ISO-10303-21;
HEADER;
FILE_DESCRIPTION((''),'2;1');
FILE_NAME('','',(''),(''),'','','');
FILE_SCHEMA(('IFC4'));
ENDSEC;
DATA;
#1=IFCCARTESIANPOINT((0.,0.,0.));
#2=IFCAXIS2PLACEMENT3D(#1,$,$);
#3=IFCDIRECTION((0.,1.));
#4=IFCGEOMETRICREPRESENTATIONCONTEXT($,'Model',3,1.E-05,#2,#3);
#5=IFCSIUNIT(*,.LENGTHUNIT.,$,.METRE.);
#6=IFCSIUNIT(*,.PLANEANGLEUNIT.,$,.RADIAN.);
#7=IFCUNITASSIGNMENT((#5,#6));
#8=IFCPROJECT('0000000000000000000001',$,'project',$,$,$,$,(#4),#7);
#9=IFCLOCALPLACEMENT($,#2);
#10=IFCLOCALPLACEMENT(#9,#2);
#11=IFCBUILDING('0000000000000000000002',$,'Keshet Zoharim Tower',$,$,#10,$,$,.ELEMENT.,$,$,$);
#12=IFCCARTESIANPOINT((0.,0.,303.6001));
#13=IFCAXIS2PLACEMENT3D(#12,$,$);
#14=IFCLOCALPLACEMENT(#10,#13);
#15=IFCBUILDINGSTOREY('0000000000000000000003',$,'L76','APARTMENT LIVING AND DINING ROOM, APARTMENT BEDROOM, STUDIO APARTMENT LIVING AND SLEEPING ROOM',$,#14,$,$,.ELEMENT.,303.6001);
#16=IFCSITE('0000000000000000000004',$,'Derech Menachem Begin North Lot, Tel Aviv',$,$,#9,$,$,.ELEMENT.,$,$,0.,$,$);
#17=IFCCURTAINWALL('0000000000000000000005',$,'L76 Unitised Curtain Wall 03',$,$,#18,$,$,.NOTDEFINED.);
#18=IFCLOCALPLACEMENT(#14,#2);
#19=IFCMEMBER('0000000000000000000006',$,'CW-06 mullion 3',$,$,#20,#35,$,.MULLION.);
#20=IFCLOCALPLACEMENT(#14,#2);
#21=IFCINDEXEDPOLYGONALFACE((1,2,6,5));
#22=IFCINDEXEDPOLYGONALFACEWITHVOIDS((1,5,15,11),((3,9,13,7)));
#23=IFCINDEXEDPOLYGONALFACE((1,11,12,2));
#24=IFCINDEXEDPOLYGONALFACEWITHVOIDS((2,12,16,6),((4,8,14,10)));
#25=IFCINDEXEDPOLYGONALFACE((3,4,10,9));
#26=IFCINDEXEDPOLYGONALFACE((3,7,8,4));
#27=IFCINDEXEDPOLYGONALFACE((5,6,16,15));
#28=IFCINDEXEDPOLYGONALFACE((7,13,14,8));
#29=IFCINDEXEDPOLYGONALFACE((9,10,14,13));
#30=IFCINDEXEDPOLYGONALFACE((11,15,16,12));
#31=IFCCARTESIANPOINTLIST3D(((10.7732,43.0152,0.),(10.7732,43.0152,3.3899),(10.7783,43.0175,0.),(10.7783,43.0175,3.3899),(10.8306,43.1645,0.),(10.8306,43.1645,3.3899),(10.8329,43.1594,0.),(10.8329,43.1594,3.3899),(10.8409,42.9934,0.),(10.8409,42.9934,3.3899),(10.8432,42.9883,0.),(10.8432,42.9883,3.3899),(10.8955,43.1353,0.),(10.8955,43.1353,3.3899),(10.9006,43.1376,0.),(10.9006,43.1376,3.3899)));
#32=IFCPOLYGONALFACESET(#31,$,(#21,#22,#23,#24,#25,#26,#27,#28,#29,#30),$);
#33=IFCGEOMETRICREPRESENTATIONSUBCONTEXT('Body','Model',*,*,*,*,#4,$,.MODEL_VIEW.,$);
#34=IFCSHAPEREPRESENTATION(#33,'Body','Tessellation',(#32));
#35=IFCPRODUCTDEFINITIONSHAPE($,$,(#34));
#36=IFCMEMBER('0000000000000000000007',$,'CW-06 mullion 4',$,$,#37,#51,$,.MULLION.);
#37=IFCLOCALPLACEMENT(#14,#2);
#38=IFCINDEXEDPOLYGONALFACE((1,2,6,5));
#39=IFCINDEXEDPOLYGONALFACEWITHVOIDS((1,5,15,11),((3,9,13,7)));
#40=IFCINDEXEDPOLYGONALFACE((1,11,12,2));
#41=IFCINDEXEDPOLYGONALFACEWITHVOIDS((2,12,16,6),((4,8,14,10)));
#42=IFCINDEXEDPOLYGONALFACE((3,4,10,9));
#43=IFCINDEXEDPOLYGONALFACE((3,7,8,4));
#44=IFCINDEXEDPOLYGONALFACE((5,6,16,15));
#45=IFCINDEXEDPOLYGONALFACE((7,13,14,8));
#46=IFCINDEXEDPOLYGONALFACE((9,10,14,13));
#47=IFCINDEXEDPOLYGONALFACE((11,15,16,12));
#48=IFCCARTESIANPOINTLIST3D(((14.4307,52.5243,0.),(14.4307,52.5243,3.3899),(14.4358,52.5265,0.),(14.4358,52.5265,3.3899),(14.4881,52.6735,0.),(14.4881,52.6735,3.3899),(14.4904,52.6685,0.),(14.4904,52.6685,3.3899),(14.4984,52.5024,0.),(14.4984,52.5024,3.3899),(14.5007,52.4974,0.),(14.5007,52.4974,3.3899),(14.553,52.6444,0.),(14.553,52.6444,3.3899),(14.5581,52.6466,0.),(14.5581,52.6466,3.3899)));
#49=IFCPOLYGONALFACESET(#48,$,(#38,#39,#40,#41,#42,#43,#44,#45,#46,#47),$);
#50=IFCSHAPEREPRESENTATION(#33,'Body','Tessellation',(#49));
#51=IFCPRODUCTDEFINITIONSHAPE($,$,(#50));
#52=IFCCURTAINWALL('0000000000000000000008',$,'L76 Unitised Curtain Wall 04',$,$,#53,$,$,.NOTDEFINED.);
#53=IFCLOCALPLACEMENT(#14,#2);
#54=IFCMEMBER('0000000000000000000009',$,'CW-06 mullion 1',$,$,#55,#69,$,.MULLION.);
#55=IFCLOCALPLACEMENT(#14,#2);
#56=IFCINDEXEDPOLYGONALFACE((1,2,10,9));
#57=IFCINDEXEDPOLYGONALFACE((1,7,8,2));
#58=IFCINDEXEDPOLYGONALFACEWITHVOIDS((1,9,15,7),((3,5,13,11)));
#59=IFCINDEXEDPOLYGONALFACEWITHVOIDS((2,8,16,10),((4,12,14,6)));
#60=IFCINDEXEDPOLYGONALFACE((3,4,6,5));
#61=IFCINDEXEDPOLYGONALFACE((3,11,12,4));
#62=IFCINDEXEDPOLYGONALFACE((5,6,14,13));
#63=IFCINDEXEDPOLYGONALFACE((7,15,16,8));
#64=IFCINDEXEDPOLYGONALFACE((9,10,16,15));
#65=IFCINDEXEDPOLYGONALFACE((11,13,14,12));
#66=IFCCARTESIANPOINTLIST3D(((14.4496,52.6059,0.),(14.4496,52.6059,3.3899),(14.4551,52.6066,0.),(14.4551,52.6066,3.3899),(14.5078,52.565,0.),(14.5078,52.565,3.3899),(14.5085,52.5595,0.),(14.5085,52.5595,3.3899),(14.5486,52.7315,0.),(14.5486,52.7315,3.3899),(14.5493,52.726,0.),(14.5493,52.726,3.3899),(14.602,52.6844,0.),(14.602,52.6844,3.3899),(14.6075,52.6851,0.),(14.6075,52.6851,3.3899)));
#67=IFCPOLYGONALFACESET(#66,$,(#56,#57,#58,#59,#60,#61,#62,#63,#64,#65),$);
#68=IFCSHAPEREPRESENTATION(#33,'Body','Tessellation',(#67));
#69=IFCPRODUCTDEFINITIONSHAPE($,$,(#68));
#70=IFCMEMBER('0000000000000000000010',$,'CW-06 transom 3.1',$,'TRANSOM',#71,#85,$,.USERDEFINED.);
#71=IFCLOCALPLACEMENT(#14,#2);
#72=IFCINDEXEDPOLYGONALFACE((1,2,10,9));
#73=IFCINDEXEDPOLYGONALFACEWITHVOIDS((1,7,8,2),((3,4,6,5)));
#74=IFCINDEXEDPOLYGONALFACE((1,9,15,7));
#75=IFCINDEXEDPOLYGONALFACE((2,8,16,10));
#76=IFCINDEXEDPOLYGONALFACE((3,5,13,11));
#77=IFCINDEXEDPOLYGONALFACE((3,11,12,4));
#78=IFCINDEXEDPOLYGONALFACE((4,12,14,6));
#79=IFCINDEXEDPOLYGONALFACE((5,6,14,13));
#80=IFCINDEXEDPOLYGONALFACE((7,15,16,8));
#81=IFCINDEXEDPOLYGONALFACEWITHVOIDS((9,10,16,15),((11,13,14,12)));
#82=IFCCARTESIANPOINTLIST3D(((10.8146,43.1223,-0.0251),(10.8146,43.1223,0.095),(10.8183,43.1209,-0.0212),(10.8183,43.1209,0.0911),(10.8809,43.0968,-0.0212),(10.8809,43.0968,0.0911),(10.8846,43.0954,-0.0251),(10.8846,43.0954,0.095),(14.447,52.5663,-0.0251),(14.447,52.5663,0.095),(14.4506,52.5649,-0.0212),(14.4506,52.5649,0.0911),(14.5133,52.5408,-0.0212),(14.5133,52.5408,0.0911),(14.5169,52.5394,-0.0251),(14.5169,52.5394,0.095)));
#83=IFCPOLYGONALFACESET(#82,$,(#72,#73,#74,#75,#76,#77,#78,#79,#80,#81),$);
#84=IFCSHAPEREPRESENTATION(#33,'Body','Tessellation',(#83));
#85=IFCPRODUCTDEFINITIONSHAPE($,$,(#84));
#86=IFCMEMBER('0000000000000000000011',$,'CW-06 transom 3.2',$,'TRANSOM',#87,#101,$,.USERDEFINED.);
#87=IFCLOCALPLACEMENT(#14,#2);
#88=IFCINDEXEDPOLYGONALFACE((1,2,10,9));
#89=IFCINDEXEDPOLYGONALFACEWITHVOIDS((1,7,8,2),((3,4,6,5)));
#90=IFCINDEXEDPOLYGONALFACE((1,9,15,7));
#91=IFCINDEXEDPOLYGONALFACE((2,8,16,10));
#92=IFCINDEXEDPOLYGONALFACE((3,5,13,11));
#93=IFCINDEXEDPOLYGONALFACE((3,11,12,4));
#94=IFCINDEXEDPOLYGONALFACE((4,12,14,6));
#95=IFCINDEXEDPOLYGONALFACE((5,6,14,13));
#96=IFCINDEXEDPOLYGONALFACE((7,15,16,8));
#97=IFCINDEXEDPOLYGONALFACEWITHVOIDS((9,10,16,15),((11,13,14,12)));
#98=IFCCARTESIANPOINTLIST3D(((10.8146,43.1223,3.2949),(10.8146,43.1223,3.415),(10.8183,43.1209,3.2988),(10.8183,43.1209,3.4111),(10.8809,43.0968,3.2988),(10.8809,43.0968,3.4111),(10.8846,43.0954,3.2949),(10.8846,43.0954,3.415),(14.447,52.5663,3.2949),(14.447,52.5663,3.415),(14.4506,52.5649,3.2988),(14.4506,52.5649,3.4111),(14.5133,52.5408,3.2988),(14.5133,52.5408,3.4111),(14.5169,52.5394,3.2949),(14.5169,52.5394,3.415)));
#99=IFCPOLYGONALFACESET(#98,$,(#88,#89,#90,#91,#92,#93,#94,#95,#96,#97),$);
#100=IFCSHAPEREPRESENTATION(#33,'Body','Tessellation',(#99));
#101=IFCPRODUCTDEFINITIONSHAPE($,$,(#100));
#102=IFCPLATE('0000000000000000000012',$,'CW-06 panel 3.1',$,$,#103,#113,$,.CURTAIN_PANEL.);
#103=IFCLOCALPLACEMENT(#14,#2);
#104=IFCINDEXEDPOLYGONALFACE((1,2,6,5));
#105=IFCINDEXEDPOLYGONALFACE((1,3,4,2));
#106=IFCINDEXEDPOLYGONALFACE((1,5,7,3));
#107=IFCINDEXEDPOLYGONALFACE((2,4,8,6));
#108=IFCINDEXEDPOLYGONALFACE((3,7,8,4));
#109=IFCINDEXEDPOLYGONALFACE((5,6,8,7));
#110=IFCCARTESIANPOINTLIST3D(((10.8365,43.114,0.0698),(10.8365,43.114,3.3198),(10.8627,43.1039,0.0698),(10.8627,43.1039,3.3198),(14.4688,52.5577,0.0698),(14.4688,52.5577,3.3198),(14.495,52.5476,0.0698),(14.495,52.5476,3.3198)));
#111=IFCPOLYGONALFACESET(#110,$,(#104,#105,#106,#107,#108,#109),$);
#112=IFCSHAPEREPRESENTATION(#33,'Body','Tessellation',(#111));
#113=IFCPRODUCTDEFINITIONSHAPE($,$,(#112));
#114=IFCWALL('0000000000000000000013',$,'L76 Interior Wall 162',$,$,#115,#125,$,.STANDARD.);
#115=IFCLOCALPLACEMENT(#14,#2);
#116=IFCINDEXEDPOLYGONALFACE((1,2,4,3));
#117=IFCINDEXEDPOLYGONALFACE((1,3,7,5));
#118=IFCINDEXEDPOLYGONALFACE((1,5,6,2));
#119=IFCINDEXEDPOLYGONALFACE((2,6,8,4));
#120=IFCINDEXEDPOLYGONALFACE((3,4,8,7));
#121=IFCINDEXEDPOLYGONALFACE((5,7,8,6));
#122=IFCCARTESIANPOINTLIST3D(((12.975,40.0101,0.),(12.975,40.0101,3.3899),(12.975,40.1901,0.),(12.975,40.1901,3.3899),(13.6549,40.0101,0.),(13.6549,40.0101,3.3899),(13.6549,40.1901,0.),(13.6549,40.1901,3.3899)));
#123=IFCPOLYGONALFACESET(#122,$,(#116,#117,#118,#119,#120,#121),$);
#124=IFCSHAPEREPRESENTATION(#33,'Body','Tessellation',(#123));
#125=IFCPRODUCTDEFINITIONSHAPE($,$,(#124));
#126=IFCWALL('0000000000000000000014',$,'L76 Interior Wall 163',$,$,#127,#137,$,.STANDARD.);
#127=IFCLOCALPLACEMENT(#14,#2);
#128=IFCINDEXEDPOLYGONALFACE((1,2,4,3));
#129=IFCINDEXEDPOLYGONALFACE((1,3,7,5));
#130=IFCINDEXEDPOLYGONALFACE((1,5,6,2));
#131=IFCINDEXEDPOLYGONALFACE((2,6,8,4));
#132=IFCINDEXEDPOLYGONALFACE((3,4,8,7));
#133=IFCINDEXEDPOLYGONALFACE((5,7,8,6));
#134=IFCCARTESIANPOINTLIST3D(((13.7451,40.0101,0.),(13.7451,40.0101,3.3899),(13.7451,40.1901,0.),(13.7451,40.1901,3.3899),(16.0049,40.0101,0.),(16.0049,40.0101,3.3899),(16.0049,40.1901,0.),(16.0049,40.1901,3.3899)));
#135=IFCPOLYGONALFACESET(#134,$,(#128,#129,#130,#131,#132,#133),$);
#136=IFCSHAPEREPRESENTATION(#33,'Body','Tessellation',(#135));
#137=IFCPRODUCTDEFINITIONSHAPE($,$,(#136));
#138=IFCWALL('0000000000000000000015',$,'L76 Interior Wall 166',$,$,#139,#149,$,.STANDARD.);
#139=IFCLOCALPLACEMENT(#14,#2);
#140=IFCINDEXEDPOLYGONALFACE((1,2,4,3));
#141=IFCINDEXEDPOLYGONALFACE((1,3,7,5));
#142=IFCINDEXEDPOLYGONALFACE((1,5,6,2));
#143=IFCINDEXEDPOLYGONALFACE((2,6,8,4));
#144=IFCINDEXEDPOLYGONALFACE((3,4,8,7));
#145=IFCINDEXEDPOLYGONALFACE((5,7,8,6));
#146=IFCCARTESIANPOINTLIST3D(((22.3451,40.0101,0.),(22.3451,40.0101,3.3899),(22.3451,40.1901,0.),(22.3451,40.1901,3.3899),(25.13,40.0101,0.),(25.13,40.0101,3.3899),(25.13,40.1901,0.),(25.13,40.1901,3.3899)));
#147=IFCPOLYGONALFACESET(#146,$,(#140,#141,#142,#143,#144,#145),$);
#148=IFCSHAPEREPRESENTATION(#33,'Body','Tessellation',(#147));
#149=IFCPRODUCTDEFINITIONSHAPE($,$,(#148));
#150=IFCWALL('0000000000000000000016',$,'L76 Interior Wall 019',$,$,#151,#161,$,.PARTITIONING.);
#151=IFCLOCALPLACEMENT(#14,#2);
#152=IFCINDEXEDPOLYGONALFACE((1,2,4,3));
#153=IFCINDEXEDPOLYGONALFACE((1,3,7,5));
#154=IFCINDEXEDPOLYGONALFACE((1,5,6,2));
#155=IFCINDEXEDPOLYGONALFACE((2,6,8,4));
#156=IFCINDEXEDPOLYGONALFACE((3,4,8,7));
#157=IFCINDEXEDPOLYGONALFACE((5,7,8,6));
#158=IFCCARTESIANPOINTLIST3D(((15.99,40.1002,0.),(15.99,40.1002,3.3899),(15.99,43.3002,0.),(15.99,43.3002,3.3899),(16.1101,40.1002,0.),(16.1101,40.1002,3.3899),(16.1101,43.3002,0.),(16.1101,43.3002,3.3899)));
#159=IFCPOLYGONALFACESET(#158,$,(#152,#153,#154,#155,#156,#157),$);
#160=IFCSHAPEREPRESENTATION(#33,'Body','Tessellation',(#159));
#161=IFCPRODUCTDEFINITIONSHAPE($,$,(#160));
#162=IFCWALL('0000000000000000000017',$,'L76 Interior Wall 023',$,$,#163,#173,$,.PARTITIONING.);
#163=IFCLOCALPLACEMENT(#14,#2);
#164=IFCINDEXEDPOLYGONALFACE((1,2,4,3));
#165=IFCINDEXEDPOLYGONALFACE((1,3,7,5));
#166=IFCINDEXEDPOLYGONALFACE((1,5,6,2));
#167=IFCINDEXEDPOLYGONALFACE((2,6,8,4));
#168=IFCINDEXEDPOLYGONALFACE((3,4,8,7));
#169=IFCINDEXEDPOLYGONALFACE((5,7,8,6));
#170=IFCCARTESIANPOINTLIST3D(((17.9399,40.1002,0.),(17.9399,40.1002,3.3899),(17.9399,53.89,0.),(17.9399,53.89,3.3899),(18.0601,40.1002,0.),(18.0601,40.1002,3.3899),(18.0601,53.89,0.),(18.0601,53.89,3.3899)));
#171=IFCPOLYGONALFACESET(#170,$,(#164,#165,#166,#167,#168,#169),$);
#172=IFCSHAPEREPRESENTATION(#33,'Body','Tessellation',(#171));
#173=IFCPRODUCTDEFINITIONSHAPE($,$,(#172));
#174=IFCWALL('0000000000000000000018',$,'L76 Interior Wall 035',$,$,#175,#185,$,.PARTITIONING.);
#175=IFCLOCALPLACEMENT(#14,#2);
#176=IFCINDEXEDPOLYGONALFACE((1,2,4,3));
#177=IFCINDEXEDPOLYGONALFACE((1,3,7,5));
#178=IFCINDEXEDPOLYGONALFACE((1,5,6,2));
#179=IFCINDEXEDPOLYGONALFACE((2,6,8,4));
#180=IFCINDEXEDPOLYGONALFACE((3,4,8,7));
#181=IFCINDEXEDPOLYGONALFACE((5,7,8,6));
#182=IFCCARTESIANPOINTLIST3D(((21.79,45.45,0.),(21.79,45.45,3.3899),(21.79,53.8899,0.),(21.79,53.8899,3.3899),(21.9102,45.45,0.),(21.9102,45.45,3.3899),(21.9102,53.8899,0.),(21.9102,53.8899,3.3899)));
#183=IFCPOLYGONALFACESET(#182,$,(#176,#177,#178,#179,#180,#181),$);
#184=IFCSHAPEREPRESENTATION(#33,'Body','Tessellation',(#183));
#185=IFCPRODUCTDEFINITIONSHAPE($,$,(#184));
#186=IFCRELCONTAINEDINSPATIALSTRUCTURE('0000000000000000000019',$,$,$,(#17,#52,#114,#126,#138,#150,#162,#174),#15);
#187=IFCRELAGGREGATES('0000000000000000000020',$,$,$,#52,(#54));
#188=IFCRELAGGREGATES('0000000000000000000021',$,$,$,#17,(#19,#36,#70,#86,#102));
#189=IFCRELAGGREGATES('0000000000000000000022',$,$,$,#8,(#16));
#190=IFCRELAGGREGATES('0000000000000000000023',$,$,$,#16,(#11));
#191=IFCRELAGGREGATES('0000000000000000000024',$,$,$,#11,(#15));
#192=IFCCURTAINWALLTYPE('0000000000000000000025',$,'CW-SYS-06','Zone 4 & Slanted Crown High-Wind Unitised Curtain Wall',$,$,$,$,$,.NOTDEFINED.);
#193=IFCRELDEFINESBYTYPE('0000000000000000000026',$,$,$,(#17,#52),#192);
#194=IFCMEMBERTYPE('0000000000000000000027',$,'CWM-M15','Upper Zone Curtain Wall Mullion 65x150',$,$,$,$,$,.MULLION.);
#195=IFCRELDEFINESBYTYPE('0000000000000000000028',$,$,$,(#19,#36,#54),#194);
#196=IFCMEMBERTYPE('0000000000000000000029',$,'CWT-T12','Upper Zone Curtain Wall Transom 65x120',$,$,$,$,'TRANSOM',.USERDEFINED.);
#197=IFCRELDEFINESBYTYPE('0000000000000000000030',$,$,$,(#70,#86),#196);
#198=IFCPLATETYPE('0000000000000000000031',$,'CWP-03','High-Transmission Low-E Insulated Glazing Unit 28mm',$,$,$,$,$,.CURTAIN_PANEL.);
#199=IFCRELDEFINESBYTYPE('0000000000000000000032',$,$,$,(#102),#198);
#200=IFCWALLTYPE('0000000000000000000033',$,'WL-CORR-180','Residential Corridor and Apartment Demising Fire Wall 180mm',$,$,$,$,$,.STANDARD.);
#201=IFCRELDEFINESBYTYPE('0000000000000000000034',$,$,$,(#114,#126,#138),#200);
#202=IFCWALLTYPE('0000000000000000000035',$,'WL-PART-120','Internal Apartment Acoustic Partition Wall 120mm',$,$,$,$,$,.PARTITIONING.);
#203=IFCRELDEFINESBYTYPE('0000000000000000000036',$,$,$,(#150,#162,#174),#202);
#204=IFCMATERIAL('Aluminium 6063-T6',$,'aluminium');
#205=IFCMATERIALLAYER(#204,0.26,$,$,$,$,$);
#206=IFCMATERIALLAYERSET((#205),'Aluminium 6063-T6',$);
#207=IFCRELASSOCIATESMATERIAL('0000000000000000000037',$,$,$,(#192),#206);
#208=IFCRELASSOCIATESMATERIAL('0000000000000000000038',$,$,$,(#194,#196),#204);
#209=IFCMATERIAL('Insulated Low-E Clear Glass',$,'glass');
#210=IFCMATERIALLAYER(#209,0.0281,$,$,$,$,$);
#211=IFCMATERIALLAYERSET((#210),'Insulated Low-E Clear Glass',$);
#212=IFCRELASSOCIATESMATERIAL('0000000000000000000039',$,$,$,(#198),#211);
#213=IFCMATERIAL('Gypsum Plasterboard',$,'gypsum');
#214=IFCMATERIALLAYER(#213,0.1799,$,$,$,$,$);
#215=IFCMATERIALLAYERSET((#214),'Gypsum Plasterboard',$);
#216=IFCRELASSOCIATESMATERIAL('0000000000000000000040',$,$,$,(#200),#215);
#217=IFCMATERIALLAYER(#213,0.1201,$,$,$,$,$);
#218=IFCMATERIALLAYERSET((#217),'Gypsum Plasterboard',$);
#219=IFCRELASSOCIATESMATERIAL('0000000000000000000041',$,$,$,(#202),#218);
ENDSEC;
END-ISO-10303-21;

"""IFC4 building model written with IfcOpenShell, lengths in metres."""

from ifc_helpers import new_model, si_unit, direction, frame, frame_2d, origin, origin_2d, place, context, subcontext, project, spatial, rectangle, hollow_rectangle, extrude, material, layer, layer_set, material_profile, profile_set, type_object, element, aggregate, save


model = new_model("IFC4")

# Units and contexts
model_context = context("Model", 3, precision=1e-05, world=origin(), true_north=direction((0.0, 1.0)))
body_context = subcontext(model_context, "Body", "Model", "MODEL_VIEW")
ifc_project = project(units=[si_unit("LENGTHUNIT", "METRE"), si_unit("PLANEANGLEUNIT", "RADIAN")], contexts=[model_context])

# Site, building, storey
site_placement = place(None, origin())
site = spatial("IfcSite", under=ifc_project, at=site_placement, Name="Derech Menachem Begin North Lot, Tel Aviv", CompositionType="ELEMENT", RefElevation=0.0)
building_placement = place(site_placement, origin())
building = spatial("IfcBuilding", under=site, at=building_placement, Name="Keshet Zoharim Tower", CompositionType="ELEMENT")
storey_placement = place(building_placement, frame((0.0, 0.0, 303.6001)))
storey = spatial("IfcBuildingStorey", under=building, at=storey_placement, Name="L76", Description="APARTMENT LIVING AND DINING ROOM, APARTMENT BEDROOM, STUDIO APARTMENT LIVING AND SLEEPING ROOM", CompositionType="ELEMENT", Elevation=303.6001)

# Curtain wall, members
ifc_material_1 = material(Name="Aluminium 6063-T6", Category="aluminium")
ifc_layer_1 = layer(ifc_material_1, 0.26)
ifc_layer_set_1 = layer_set([ifc_layer_1], Name="Aluminium 6063-T6")
curtain_wall_type = type_object("IfcCurtainWallType", Name="CW-SYS-06", Description="Zone 4 & Slanted Crown High-Wind Unitised Curtain Wall", PredefinedType="NOTDEFINED", material=ifc_layer_set_1)
curtain_wall_1_placement = place(storey_placement, origin())
curtain_wall_1 = element("IfcCurtainWall", 1, at=curtain_wall_1_placement, inside=storey, type_object=curtain_wall_type, Name="L76 Unitised Curtain Wall 03", PredefinedType="NOTDEFINED")
ifc_material_profile_1 = material_profile(ifc_material_1, hollow_rectangle(XDim=0.075, YDim=0.1599, WallThickness=0.0039, at=origin_2d()), Name="MUL-75x160")
ifc_profile_set_1 = profile_set([ifc_material_profile_1], Name="Aluminium 6063-T6")
member_type_1 = type_object("IfcMemberType", Name="CWM-M15", Description="Upper Zone Curtain Wall Mullion 65x150", PredefinedType="MULLION", material=ifc_profile_set_1)
member_1_placement = place(storey_placement, frame((10.8369, 43.0764, 0.0), z_axis=(0.0, 0.0, 1.0), x_axis=(-0.933341, 0.35899, 0.0)))
member_1 = element("IfcMember", 2, at=member_1_placement, type_object=member_type_1, Name="CW-06 mullion 3", PredefinedType="MULLION", context=body_context, shape_type="SweptSolid", body=[
    extrude(hollow_rectangle(XDim=0.075, YDim=0.1599, WallThickness=0.0039, at=origin_2d()), origin(), (0.0, 0.0, 1.0), 3.3899),
])
member_2_placement = place(storey_placement, frame((14.4944, 52.5854, 0.0), z_axis=(0.0, 0.0, 1.0), x_axis=(-0.933341, 0.35899, 0.0)))
member_2 = element("IfcMember", 3, at=member_2_placement, type_object=member_type_1, Name="CW-06 mullion 4", PredefinedType="MULLION", context=body_context, shape_type="SweptSolid", body=[
    extrude(hollow_rectangle(XDim=0.075, YDim=0.1599, WallThickness=0.0039, at=origin_2d()), origin(), (0.0, 0.0, 1.0), 3.3899),
])

# Curtain wall, member
curtain_wall_2_placement = place(storey_placement, origin())
curtain_wall_2 = element("IfcCurtainWall", 4, at=curtain_wall_2_placement, inside=storey, type_object=curtain_wall_type, Name="L76 Unitised Curtain Wall 04", PredefinedType="NOTDEFINED")
member_3_placement = place(storey_placement, frame((14.5286, 52.6455, 0.0), z_axis=(0.0, 0.0, 1.0), x_axis=(-0.785293, 0.619125, 0.0)))
member_3 = element("IfcMember", 5, at=member_3_placement, type_object=member_type_1, Name="CW-06 mullion 1", PredefinedType="MULLION", context=body_context, shape_type="SweptSolid", body=[
    extrude(hollow_rectangle(XDim=0.075, YDim=0.1599, WallThickness=0.0039, at=origin_2d()), origin(), (0.0, 0.0, 1.0), 3.3899),
])
aggregate(curtain_wall_2, [member_3])

# Members
ifc_material_profile_2 = material_profile(ifc_material_1, hollow_rectangle(XDim=0.075, YDim=0.1201, WallThickness=0.0039, at=origin_2d()), Name="TRN-75x120")
ifc_profile_set_2 = profile_set([ifc_material_profile_2], Name="Aluminium 6063-T6")
member_type_2 = type_object("IfcMemberType", Name="CWT-T12", Description="Upper Zone Curtain Wall Transom 65x120", ElementType="TRANSOM", PredefinedType="USERDEFINED", material=ifc_profile_set_2)
member_4_placement = place(storey_placement, frame((10.8496, 43.1089, 0.0349), z_axis=(0.358986, 0.933343, 0.0), x_axis=(-0.933343, 0.358986, 0.0)))
member_4 = element("IfcMember", 6, at=member_4_placement, type_object=member_type_2, Name="CW-06 transom 3.1", ObjectType="TRANSOM", PredefinedType="USERDEFINED", context=body_context, shape_type="SweptSolid", body=[
    extrude(hollow_rectangle(XDim=0.075, YDim=0.1201, WallThickness=0.0039, at=origin_2d()), origin(), (0.0, 0.0, 1.0), 10.1184),
])
member_5_placement = place(storey_placement, frame((10.8496, 43.1089, 3.355), z_axis=(0.358986, 0.933343, 0.0), x_axis=(-0.933343, 0.358986, 0.0)))
member_5 = element("IfcMember", 7, at=member_5_placement, type_object=member_type_2, Name="CW-06 transom 3.2", ObjectType="TRANSOM", PredefinedType="USERDEFINED", context=body_context, shape_type="SweptSolid", body=[
    extrude(hollow_rectangle(XDim=0.075, YDim=0.1201, WallThickness=0.0039, at=origin_2d()), origin(), (0.0, 0.0, 1.0), 10.1184),
])

# Plate
ifc_material_2 = material(Name="Insulated Low-E Clear Glass", Category="glass")
ifc_layer_2 = layer(ifc_material_2, 0.0281)
ifc_layer_set_2 = layer_set([ifc_layer_2], Name="Insulated Low-E Clear Glass")
plate_type = type_object("IfcPlateType", Name="CWP-03", Description="High-Transmission Low-E Insulated Glazing Unit 28mm", PredefinedType="CURTAIN_PANEL", material=ifc_layer_set_2)
plate_placement = place(storey_placement, frame((12.6658, 47.8308, 0.0698), z_axis=(0.0, 0.0, 1.0), x_axis=(0.35899, 0.933341, 0.0)))
plate = element("IfcPlate", 8, at=plate_placement, type_object=plate_type, Name="CW-06 panel 3.1", PredefinedType="CURTAIN_PANEL", context=body_context, shape_type="SweptSolid", body=[
    extrude(rectangle(XDim=10.1182, YDim=0.0281, at=origin_2d()), origin(), (0.0, 0.0, 1.0), 3.25),
])
aggregate(curtain_wall_1, [member_1, member_2, member_4, member_5, plate])

# Walls
ifc_material_3 = material(Name="Gypsum Plasterboard", Category="gypsum")
ifc_layer_3 = layer(ifc_material_3, 0.1799)
ifc_layer_set_3 = layer_set([ifc_layer_3], Name="Gypsum Plasterboard")
wall_type_1 = type_object("IfcWallType", Name="WL-CORR-180", Description="Residential Corridor and Apartment Demising Fire Wall 180mm", PredefinedType="STANDARD", material=ifc_layer_set_3)
wall_1_placement = place(storey_placement, frame((12.9751, 40.1001, 0.0), z_axis=(0.0, 0.0, 1.0), x_axis=(1.0, 0.0, 0.0)))
element("IfcWall", 9, at=wall_1_placement, inside=storey, type_object=wall_type_1, Name="L76 Interior Wall 162", PredefinedType="STANDARD", context=body_context, shape_type="SweptSolid", body=[
    extrude(rectangle(XDim=0.6799, YDim=0.1799, at=frame_2d((0.3398, 0.0))), origin(), (0.0, 0.0, 1.0), 3.3899),
])
wall_2_placement = place(storey_placement, frame((13.7451, 40.1001, 0.0), z_axis=(0.0, 0.0, 1.0), x_axis=(1.0, 0.0, 0.0)))
element("IfcWall", 10, at=wall_2_placement, inside=storey, type_object=wall_type_1, Name="L76 Interior Wall 163", PredefinedType="STANDARD", context=body_context, shape_type="SweptSolid", body=[
    extrude(rectangle(XDim=2.2598, YDim=0.1799, at=frame_2d((1.1299, 0.0))), origin(), (0.0, 0.0, 1.0), 3.3899),
])

# Wall
wall_3_placement = place(storey_placement, frame((22.345, 40.1001, 0.0), z_axis=(0.0, 0.0, 1.0), x_axis=(1.0, 0.0, 0.0)))
element("IfcWall", 11, at=wall_3_placement, inside=storey, type_object=wall_type_1, Name="L76 Interior Wall 166", PredefinedType="STANDARD", context=body_context, shape_type="SweptSolid", body=[
    extrude(rectangle(XDim=2.7849, YDim=0.1799, at=frame_2d((1.3926, 0.0))), origin(), (0.0, 0.0, 1.0), 3.3899),
])

# Shared definitions
ifc_layer_4 = layer(ifc_material_3, 0.1201)
ifc_layer_set_4 = layer_set([ifc_layer_4], Name="Gypsum Plasterboard")
wall_type_2 = type_object("IfcWallType", Name="WL-PART-120", Description="Internal Apartment Acoustic Partition Wall 120mm", PredefinedType="PARTITIONING", material=ifc_layer_set_4)

# Walls
wall_4_placement = place(storey_placement, frame((16.05, 40.1001, 0.0), z_axis=(0.0, 0.0, 1.0), x_axis=(0.0, 1.0, 0.0)))
element("IfcWall", 12, at=wall_4_placement, inside=storey, type_object=wall_type_2, Name="L76 Interior Wall 019", PredefinedType="PARTITIONING", context=body_context, shape_type="SweptSolid", body=[
    extrude(rectangle(XDim=3.2, YDim=0.1201, at=frame_2d((1.6001, 0.0))), origin(), (0.0, 0.0, 1.0), 3.3899),
])
wall_5_placement = place(storey_placement, frame((18.0, 40.1001, 0.0), z_axis=(0.0, 0.0, 1.0), x_axis=(0.0, 1.0, 0.0)))
element("IfcWall", 13, at=wall_5_placement, inside=storey, type_object=wall_type_2, Name="L76 Interior Wall 023", PredefinedType="PARTITIONING", context=body_context, shape_type="SweptSolid", body=[
    extrude(rectangle(XDim=13.7898, YDim=0.1201, at=frame_2d((6.895, 0.0))), origin(), (0.0, 0.0, 1.0), 3.3899),
])
wall_6_placement = place(storey_placement, frame((21.8501, 45.45, 0.0), z_axis=(0.0, 0.0, 1.0), x_axis=(0.0, 1.0, 0.0)))
element("IfcWall", 14, at=wall_6_placement, inside=storey, type_object=wall_type_2, Name="L76 Interior Wall 035", PredefinedType="PARTITIONING", context=body_context, shape_type="SweptSolid", body=[
    extrude(rectangle(XDim=8.4399, YDim=0.1201, at=frame_2d((4.22, 0.0))), origin(), (0.0, 0.0, 1.0), 3.3899),
])

save(model, "model.ifc")
